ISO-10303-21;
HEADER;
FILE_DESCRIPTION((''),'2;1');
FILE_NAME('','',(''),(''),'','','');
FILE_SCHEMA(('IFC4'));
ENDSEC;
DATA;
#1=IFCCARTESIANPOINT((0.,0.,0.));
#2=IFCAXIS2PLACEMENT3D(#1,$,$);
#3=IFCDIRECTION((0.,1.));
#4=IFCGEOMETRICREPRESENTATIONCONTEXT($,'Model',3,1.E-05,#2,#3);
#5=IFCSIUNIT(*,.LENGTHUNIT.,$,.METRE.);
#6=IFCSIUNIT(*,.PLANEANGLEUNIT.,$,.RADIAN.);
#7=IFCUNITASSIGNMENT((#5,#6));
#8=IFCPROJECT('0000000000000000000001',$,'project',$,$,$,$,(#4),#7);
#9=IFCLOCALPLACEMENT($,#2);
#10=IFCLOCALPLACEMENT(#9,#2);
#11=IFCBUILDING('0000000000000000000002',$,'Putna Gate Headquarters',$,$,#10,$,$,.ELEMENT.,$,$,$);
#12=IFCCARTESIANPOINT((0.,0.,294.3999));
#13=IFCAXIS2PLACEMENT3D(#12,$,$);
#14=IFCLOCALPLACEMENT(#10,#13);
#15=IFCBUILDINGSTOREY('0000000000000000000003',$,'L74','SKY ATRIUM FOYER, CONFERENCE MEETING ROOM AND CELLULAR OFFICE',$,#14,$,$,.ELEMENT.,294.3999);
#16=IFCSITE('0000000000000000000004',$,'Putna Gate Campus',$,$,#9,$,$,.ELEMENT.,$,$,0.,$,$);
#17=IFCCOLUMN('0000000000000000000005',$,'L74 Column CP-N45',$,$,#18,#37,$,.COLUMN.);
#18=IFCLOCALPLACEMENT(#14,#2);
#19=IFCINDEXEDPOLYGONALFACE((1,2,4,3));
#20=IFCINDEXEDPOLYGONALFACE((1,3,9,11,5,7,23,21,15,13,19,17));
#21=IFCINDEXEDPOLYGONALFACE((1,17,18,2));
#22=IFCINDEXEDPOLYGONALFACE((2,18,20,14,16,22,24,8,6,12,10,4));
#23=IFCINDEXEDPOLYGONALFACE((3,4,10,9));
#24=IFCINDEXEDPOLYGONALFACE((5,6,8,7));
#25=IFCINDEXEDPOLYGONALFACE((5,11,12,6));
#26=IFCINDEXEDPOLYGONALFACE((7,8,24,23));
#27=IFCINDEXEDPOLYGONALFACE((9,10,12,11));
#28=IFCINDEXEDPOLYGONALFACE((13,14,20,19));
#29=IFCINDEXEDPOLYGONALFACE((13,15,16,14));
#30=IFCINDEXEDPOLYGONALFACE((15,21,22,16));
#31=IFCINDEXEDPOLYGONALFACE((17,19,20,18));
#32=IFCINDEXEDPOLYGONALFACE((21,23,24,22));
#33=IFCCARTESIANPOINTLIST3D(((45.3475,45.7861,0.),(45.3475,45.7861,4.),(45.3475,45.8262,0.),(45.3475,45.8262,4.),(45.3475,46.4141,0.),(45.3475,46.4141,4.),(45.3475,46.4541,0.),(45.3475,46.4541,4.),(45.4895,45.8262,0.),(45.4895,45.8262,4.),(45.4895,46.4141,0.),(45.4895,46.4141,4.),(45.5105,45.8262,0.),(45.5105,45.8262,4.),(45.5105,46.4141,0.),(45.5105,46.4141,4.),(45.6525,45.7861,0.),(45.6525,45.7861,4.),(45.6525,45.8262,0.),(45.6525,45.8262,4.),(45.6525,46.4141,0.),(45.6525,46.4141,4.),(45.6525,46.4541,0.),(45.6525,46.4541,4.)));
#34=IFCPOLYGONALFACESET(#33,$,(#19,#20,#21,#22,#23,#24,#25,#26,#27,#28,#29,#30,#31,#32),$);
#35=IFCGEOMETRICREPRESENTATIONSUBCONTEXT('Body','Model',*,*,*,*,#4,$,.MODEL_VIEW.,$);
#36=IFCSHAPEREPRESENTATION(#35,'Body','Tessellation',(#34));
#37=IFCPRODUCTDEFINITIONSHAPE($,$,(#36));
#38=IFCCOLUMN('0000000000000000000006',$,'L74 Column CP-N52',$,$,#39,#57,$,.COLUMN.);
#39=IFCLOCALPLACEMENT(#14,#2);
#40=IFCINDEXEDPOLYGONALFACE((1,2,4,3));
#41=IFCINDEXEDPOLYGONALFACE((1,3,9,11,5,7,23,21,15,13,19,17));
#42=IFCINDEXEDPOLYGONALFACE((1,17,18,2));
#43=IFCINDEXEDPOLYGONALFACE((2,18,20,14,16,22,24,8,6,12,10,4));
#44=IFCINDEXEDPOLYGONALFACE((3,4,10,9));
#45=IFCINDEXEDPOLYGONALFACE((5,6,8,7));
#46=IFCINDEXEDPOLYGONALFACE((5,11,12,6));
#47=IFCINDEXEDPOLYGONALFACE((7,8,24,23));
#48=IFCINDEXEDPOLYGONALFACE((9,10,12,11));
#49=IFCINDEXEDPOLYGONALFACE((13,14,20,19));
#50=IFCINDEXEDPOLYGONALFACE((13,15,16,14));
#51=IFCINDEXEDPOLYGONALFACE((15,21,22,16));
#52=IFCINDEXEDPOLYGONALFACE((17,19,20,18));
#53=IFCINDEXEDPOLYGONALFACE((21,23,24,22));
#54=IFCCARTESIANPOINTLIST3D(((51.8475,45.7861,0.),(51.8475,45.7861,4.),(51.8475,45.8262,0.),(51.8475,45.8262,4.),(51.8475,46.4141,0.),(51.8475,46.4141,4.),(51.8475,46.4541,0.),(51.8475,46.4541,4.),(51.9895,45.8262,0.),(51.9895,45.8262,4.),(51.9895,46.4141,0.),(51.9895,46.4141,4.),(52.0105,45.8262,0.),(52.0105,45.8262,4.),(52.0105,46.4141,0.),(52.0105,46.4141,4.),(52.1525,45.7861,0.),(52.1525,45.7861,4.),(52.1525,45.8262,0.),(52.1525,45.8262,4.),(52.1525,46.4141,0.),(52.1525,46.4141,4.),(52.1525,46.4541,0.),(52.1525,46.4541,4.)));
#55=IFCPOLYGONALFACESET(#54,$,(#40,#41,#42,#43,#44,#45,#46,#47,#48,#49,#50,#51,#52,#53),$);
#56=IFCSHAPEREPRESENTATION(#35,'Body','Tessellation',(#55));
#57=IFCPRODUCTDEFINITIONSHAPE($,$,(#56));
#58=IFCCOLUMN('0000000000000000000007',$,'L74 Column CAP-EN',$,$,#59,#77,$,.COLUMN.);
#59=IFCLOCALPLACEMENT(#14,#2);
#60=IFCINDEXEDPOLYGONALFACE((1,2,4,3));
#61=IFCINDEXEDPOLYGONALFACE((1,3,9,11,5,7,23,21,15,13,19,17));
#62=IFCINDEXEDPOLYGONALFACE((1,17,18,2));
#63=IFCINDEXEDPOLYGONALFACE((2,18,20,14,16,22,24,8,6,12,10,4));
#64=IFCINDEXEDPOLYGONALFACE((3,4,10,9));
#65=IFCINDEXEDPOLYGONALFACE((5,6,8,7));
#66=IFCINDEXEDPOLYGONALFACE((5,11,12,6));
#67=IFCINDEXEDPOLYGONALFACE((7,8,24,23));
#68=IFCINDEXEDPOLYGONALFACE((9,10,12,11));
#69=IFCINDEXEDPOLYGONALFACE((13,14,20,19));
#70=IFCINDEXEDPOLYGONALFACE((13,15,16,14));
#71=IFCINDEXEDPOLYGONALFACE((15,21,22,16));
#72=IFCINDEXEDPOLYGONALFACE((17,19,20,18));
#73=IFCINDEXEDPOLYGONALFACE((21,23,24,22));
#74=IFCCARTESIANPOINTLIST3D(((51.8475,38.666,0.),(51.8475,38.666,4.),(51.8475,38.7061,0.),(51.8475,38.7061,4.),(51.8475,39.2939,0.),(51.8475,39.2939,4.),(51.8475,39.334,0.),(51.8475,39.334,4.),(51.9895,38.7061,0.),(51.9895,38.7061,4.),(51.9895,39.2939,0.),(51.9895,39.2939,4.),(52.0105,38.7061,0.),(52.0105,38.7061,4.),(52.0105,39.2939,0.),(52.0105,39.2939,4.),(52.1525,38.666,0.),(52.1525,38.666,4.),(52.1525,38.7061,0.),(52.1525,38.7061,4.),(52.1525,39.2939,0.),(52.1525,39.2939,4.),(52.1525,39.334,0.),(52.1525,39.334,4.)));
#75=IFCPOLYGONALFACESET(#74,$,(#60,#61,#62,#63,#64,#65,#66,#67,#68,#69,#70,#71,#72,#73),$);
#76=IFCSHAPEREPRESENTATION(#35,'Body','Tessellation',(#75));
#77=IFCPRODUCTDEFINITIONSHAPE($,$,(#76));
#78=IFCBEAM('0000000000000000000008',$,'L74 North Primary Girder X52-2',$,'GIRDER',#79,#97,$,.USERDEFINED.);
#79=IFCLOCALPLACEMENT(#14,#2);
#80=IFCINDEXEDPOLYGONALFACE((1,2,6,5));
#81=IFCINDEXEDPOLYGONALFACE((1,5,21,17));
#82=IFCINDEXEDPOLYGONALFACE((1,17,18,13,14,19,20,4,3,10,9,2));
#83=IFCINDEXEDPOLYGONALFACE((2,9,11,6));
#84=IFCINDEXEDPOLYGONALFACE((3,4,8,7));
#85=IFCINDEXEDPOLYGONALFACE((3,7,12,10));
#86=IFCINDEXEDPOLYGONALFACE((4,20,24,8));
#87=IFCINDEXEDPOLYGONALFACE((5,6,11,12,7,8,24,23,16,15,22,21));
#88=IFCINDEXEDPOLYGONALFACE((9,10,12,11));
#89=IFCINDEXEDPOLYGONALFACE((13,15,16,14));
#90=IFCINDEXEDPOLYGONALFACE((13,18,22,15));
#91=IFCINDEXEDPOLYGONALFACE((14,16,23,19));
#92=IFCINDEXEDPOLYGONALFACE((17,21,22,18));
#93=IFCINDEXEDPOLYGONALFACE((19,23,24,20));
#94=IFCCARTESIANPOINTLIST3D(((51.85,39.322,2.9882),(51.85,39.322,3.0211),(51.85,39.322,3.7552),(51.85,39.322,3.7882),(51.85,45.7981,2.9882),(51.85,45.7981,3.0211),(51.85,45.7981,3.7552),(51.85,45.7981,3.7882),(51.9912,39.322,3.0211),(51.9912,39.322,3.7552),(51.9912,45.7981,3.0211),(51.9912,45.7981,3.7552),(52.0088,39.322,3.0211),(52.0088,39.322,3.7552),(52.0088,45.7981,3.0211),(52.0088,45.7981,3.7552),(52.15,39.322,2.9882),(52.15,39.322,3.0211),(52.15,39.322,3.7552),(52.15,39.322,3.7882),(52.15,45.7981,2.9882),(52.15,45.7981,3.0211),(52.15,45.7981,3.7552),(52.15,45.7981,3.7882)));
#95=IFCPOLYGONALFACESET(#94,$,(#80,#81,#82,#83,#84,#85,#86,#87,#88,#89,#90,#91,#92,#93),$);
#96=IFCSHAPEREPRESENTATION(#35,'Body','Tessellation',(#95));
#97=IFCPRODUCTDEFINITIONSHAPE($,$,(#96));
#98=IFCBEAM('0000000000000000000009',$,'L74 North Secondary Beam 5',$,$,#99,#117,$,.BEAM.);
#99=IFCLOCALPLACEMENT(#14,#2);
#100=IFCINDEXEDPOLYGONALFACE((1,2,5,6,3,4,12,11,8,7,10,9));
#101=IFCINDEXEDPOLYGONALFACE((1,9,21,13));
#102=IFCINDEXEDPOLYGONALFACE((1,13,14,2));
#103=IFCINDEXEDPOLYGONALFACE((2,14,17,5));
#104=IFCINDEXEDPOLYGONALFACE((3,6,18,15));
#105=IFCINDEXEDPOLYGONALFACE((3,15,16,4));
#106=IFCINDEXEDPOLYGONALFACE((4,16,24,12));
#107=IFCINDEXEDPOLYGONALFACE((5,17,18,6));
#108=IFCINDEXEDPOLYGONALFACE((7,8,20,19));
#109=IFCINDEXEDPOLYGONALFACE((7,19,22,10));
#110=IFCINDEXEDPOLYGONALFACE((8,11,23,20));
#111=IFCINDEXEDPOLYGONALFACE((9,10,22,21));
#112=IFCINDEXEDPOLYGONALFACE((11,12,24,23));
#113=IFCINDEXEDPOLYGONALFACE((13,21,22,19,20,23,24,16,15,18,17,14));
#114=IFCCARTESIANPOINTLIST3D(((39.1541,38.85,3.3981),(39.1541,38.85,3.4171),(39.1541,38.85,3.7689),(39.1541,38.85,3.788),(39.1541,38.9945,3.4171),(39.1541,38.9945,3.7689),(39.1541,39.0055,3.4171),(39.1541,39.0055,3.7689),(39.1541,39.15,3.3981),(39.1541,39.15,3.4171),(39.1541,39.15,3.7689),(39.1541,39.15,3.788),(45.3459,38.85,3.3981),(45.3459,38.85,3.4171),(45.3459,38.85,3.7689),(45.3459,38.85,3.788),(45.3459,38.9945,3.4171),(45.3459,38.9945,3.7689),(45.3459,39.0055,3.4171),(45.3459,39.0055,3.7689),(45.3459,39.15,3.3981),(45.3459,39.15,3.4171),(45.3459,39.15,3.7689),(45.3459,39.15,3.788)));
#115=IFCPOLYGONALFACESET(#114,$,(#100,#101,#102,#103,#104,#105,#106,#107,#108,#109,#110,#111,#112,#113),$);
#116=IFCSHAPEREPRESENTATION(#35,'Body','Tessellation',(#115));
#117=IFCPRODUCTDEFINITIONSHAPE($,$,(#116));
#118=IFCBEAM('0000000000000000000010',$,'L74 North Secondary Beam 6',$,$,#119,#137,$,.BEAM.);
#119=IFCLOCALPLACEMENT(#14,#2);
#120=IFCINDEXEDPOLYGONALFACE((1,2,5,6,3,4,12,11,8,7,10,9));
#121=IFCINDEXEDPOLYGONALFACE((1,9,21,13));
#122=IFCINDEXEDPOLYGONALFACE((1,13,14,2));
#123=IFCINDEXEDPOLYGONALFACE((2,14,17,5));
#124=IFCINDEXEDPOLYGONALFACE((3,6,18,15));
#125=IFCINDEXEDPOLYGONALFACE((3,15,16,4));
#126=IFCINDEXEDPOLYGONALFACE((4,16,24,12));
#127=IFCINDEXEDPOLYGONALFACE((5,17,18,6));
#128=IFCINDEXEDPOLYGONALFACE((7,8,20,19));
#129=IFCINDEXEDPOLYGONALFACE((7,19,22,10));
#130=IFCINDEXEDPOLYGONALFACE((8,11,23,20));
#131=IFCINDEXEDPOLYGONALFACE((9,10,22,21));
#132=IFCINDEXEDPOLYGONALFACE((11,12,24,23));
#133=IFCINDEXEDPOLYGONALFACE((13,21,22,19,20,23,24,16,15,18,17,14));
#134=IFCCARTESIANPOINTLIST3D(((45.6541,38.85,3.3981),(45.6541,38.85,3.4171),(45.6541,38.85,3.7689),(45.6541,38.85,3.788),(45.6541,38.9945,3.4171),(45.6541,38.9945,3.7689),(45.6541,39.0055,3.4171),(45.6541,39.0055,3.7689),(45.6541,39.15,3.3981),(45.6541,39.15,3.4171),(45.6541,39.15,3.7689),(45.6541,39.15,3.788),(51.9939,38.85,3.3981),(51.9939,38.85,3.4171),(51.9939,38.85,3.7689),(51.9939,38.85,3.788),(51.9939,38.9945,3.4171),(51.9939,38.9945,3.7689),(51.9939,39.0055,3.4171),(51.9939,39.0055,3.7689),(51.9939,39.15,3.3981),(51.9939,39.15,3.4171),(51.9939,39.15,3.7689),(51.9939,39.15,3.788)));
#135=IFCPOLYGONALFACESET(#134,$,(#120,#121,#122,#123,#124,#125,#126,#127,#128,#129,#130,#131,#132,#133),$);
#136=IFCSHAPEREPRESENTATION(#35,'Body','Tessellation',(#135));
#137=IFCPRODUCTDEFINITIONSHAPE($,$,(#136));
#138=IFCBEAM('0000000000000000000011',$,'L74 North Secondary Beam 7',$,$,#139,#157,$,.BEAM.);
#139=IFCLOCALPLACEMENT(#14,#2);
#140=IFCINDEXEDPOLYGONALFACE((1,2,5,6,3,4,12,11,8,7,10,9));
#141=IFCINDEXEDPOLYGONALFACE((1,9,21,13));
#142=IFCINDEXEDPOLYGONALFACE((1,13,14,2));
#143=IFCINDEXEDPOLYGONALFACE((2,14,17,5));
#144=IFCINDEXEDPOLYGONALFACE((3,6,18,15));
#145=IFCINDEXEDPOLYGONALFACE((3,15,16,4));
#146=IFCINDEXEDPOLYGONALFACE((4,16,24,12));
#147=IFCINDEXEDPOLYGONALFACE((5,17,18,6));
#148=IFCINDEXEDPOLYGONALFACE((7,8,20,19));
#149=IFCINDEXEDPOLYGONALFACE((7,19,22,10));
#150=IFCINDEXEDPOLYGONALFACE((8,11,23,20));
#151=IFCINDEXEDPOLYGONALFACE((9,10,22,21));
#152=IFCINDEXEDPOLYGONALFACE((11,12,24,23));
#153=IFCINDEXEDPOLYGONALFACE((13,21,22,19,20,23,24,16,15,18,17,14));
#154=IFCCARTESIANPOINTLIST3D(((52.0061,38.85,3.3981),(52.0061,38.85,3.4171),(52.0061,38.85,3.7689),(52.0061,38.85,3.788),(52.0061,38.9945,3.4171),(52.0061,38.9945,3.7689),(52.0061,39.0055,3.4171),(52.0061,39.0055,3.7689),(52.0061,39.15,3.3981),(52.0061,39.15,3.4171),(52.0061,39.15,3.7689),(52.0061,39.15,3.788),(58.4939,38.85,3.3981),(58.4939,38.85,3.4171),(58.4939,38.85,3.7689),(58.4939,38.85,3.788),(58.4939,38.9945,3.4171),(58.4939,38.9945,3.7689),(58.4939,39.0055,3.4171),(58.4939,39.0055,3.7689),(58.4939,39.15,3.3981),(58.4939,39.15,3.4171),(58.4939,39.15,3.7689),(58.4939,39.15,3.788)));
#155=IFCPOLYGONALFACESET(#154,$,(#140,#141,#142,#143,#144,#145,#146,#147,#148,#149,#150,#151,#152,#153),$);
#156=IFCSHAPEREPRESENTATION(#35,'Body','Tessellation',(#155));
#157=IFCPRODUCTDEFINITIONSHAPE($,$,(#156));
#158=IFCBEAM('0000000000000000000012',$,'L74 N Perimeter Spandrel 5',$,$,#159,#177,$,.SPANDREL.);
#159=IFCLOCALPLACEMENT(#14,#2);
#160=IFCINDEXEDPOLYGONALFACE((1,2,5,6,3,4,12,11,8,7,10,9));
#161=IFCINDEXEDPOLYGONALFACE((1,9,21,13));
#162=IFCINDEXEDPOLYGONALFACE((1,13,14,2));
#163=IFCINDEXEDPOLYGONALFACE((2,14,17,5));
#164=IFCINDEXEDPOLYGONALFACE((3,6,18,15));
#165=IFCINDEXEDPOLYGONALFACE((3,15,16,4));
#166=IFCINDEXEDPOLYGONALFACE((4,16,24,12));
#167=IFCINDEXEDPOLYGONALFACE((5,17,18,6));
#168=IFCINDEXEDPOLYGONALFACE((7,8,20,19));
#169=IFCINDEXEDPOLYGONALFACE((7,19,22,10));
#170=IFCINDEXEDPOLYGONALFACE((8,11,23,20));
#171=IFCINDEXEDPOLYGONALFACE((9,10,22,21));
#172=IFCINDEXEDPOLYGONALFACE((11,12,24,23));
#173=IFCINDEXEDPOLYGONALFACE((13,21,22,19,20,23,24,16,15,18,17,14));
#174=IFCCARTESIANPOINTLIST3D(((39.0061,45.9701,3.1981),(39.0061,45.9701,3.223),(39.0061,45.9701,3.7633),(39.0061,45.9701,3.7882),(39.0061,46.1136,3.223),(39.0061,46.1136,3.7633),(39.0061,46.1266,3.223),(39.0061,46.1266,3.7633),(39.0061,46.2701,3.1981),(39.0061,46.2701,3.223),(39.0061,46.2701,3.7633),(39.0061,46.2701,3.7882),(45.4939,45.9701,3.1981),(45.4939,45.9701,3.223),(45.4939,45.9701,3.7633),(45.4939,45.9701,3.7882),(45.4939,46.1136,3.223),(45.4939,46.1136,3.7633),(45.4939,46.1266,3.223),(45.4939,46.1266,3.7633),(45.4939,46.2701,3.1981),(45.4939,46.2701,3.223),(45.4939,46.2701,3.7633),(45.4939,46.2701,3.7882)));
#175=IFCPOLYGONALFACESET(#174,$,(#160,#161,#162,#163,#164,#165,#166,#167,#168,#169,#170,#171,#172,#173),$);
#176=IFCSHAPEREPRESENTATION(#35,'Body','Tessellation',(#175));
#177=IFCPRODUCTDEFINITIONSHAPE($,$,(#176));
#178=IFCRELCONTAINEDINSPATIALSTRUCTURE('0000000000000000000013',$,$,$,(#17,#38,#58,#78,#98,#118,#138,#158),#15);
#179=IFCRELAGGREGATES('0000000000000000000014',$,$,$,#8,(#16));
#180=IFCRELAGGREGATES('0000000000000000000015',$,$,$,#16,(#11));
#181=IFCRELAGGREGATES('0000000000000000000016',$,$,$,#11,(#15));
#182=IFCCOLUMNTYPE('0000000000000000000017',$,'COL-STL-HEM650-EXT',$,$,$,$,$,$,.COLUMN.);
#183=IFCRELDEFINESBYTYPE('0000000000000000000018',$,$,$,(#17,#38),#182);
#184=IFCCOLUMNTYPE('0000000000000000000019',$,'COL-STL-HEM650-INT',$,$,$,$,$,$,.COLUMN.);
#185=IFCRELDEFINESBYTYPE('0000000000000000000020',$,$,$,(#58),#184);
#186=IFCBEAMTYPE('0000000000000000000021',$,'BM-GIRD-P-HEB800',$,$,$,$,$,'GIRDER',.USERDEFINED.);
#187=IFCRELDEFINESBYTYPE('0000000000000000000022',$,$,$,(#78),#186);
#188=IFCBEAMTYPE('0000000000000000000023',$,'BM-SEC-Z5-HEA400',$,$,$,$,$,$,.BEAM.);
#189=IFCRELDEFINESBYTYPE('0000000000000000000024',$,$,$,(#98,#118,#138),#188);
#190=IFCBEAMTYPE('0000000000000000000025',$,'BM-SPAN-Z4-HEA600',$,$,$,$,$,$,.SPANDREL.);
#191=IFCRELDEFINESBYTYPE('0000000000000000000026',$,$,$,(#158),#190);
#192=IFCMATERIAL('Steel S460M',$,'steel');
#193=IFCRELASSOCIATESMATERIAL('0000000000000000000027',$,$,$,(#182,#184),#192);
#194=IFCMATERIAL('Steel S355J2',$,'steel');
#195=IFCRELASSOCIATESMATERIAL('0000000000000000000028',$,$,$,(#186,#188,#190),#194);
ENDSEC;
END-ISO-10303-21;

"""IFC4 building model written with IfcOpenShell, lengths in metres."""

from ifc_helpers import new_model, si_unit, direction, frame, origin, origin_2d, place, context, subcontext, project, spatial, i_section, extrude, material, material_profile, profile_set, type_object, element, save


model = new_model("IFC4")

# Units and contexts
model_context = context("Model", 3, precision=1e-05, world=origin(), true_north=direction((0.0, 1.0)))
body_context = subcontext(model_context, "Body", "Model", "MODEL_VIEW")
ifc_project = project(units=[si_unit("LENGTHUNIT", "METRE"), si_unit("PLANEANGLEUNIT", "RADIAN")], contexts=[model_context])

# Site, building, storey
site_placement = place(None, origin())
site = spatial("IfcSite", under=ifc_project, at=site_placement, Name="Putna Gate Campus", CompositionType="ELEMENT", RefElevation=0.0)
building_placement = place(site_placement, origin())
building = spatial("IfcBuilding", under=site, at=building_placement, Name="Putna Gate Headquarters", CompositionType="ELEMENT")
storey_placement = place(building_placement, frame((0.0, 0.0, 294.3999)))
storey = spatial("IfcBuildingStorey", under=building, at=storey_placement, Name="L74", Description="SKY ATRIUM FOYER, CONFERENCE MEETING ROOM AND CELLULAR OFFICE", CompositionType="ELEMENT", Elevation=294.3999)

# Columns
ifc_material_1 = material(Name="Steel S460M", Category="steel")
ifc_material_profile_1 = material_profile(ifc_material_1, i_section(OverallWidth=0.3049, OverallDepth=0.668, WebThickness=0.021, FlangeThickness=0.04, at=origin_2d()), Name="Steel S460M")
ifc_profile_set_1 = profile_set([ifc_material_profile_1], Name="Steel S460M")
column_type_1 = type_object("IfcColumnType", Name="COL-STL-HEM650-EXT", PredefinedType="COLUMN", material=ifc_profile_set_1)
for number, where, z_axis, x_axis, name in (
    (1, (45.5, 46.1201, 0.0), (0.0, 0.0, 1.0), (1.0, 0.0, 0.0), "L74 Column CP-N45"),
    (2, (52.0, 46.1201, 0.0), (0.0, 0.0, 1.0), (1.0, 0.0, 0.0), "L74 Column CP-N52"),
):
    element("IfcColumn", number, at=place(storey_placement, frame(where, z_axis=z_axis, x_axis=x_axis)), inside=storey, type_object=column_type_1, Name=name, PredefinedType="COLUMN", context=body_context, shape_type="SweptSolid", body=[
        extrude(i_section(OverallWidth=0.3049, OverallDepth=0.668, WebThickness=0.021, FlangeThickness=0.04, at=origin_2d()), origin(), (0.0, 0.0, 1.0), 4.0),
    ])
ifc_material_profile_2 = material_profile(ifc_material_1, i_section(OverallWidth=0.3049, OverallDepth=0.668, WebThickness=0.021, FlangeThickness=0.04, at=origin_2d()), Name="Steel S460M")
ifc_profile_set_2 = profile_set([ifc_material_profile_2], Name="Steel S460M")
column_type_2 = type_object("IfcColumnType", Name="COL-STL-HEM650-INT", PredefinedType="COLUMN", material=ifc_profile_set_2)
column_placement = place(storey_placement, frame((52.0, 39.0, 0.0), z_axis=(0.0, 0.0, 1.0), x_axis=(1.0, 0.0, 0.0)))
element("IfcColumn", 3, at=column_placement, inside=storey, type_object=column_type_2, Name="L74 Column CAP-EN", PredefinedType="COLUMN", context=body_context, shape_type="SweptSolid", body=[
    extrude(i_section(OverallWidth=0.3049, OverallDepth=0.668, WebThickness=0.021, FlangeThickness=0.04, at=origin_2d()), origin(), (0.0, 0.0, 1.0), 4.0),
])

# Beams
ifc_material_2 = material(Name="Steel S355J2", Category="steel")
ifc_material_profile_3 = material_profile(ifc_material_2, i_section(OverallWidth=0.3, OverallDepth=0.8, WebThickness=0.0176, FlangeThickness=0.033, at=origin_2d()), Name="Steel S355J2")
ifc_profile_set_3 = profile_set([ifc_material_profile_3], Name="Steel S355J2")
beam_type_1 = type_object("IfcBeamType", Name="BM-GIRD-P-HEB800", ElementType="GIRDER", PredefinedType="USERDEFINED", material=ifc_profile_set_3)
beam_1_placement = place(storey_placement, frame((52.0, 39.322, 3.3882), z_axis=(0.0, 1.0, 0.0), x_axis=(-1.0, 0.0, 0.0)))
element("IfcBeam", 4, at=beam_1_placement, inside=storey, type_object=beam_type_1, Name="L74 North Primary Girder X52-2", ObjectType="GIRDER", PredefinedType="USERDEFINED", context=body_context, shape_type="SweptSolid", body=[
    extrude(i_section(OverallWidth=0.3, OverallDepth=0.8, WebThickness=0.0176, FlangeThickness=0.033, at=origin_2d()), origin(), (0.0, 0.0, 1.0), 6.4761),
])
ifc_material_profile_4 = material_profile(ifc_material_2, i_section(OverallWidth=0.3, OverallDepth=0.3899, WebThickness=0.011, FlangeThickness=0.019, at=origin_2d()), Name="Steel S355J2")
ifc_profile_set_4 = profile_set([ifc_material_profile_4], Name="Steel S355J2")
beam_type_2 = type_object("IfcBeamType", Name="BM-SEC-Z5-HEA400", PredefinedType="BEAM", material=ifc_profile_set_4)
beam_2_placement = place(storey_placement, frame((39.1541, 39.0, 3.593), z_axis=(1.0, 0.0, 0.0), x_axis=(0.0, 1.0, 0.0)))
element("IfcBeam", 5, at=beam_2_placement, inside=storey, type_object=beam_type_2, Name="L74 North Secondary Beam 5", PredefinedType="BEAM", context=body_context, shape_type="SweptSolid", body=[
    extrude(i_section(OverallWidth=0.3, OverallDepth=0.3899, WebThickness=0.011, FlangeThickness=0.019, at=origin_2d()), origin(), (0.0, 0.0, 1.0), 6.1919),
])
beam_3_placement = place(storey_placement, frame((45.6541, 39.0, 3.593), z_axis=(1.0, 0.0, 0.0), x_axis=(0.0, 1.0, 0.0)))
element("IfcBeam", 6, at=beam_3_placement, inside=storey, type_object=beam_type_2, Name="L74 North Secondary Beam 6", PredefinedType="BEAM", context=body_context, shape_type="SweptSolid", body=[
    extrude(i_section(OverallWidth=0.3, OverallDepth=0.3899, WebThickness=0.011, FlangeThickness=0.019, at=origin_2d()), origin(), (0.0, 0.0, 1.0), 6.3398),
])
beam_4_placement = place(storey_placement, frame((52.0061, 39.0, 3.593), z_axis=(1.0, 0.0, 0.0), x_axis=(0.0, 1.0, 0.0)))
element("IfcBeam", 7, at=beam_4_placement, inside=storey, type_object=beam_type_2, Name="L74 North Secondary Beam 7", PredefinedType="BEAM", context=body_context, shape_type="SweptSolid", body=[
    extrude(i_section(OverallWidth=0.3, OverallDepth=0.3899, WebThickness=0.011, FlangeThickness=0.019, at=origin_2d()), origin(), (0.0, 0.0, 1.0), 6.4878),
])
ifc_material_profile_5 = material_profile(ifc_material_2, i_section(OverallWidth=0.3, OverallDepth=0.5901, WebThickness=0.0129, FlangeThickness=0.0249, at=origin_2d()), Name="Steel S355J2")
ifc_profile_set_5 = profile_set([ifc_material_profile_5], Name="Steel S355J2")
beam_type_3 = type_object("IfcBeamType", Name="BM-SPAN-Z4-HEA600", PredefinedType="SPANDREL", material=ifc_profile_set_5)
for number, where, z_axis, x_axis, name in (
    (8, (39.0061, 46.1201, 3.4932), (1.0, 0.0, 0.0), (0.0, 1.0, 0.0), "L74 N Perimeter Spandrel 5"),
):
    element("IfcBeam", number, at=place(storey_placement, frame(where, z_axis=z_axis, x_axis=x_axis)), inside=storey, type_object=beam_type_3, Name=name, PredefinedType="SPANDREL", context=body_context, shape_type="SweptSolid", body=[
        extrude(i_section(OverallWidth=0.3, OverallDepth=0.5901, WebThickness=0.0129, FlangeThickness=0.0249, at=origin_2d()), origin(), (0.0, 0.0, 1.0), 6.4878),
    ])

save(model, "model.ifc")
